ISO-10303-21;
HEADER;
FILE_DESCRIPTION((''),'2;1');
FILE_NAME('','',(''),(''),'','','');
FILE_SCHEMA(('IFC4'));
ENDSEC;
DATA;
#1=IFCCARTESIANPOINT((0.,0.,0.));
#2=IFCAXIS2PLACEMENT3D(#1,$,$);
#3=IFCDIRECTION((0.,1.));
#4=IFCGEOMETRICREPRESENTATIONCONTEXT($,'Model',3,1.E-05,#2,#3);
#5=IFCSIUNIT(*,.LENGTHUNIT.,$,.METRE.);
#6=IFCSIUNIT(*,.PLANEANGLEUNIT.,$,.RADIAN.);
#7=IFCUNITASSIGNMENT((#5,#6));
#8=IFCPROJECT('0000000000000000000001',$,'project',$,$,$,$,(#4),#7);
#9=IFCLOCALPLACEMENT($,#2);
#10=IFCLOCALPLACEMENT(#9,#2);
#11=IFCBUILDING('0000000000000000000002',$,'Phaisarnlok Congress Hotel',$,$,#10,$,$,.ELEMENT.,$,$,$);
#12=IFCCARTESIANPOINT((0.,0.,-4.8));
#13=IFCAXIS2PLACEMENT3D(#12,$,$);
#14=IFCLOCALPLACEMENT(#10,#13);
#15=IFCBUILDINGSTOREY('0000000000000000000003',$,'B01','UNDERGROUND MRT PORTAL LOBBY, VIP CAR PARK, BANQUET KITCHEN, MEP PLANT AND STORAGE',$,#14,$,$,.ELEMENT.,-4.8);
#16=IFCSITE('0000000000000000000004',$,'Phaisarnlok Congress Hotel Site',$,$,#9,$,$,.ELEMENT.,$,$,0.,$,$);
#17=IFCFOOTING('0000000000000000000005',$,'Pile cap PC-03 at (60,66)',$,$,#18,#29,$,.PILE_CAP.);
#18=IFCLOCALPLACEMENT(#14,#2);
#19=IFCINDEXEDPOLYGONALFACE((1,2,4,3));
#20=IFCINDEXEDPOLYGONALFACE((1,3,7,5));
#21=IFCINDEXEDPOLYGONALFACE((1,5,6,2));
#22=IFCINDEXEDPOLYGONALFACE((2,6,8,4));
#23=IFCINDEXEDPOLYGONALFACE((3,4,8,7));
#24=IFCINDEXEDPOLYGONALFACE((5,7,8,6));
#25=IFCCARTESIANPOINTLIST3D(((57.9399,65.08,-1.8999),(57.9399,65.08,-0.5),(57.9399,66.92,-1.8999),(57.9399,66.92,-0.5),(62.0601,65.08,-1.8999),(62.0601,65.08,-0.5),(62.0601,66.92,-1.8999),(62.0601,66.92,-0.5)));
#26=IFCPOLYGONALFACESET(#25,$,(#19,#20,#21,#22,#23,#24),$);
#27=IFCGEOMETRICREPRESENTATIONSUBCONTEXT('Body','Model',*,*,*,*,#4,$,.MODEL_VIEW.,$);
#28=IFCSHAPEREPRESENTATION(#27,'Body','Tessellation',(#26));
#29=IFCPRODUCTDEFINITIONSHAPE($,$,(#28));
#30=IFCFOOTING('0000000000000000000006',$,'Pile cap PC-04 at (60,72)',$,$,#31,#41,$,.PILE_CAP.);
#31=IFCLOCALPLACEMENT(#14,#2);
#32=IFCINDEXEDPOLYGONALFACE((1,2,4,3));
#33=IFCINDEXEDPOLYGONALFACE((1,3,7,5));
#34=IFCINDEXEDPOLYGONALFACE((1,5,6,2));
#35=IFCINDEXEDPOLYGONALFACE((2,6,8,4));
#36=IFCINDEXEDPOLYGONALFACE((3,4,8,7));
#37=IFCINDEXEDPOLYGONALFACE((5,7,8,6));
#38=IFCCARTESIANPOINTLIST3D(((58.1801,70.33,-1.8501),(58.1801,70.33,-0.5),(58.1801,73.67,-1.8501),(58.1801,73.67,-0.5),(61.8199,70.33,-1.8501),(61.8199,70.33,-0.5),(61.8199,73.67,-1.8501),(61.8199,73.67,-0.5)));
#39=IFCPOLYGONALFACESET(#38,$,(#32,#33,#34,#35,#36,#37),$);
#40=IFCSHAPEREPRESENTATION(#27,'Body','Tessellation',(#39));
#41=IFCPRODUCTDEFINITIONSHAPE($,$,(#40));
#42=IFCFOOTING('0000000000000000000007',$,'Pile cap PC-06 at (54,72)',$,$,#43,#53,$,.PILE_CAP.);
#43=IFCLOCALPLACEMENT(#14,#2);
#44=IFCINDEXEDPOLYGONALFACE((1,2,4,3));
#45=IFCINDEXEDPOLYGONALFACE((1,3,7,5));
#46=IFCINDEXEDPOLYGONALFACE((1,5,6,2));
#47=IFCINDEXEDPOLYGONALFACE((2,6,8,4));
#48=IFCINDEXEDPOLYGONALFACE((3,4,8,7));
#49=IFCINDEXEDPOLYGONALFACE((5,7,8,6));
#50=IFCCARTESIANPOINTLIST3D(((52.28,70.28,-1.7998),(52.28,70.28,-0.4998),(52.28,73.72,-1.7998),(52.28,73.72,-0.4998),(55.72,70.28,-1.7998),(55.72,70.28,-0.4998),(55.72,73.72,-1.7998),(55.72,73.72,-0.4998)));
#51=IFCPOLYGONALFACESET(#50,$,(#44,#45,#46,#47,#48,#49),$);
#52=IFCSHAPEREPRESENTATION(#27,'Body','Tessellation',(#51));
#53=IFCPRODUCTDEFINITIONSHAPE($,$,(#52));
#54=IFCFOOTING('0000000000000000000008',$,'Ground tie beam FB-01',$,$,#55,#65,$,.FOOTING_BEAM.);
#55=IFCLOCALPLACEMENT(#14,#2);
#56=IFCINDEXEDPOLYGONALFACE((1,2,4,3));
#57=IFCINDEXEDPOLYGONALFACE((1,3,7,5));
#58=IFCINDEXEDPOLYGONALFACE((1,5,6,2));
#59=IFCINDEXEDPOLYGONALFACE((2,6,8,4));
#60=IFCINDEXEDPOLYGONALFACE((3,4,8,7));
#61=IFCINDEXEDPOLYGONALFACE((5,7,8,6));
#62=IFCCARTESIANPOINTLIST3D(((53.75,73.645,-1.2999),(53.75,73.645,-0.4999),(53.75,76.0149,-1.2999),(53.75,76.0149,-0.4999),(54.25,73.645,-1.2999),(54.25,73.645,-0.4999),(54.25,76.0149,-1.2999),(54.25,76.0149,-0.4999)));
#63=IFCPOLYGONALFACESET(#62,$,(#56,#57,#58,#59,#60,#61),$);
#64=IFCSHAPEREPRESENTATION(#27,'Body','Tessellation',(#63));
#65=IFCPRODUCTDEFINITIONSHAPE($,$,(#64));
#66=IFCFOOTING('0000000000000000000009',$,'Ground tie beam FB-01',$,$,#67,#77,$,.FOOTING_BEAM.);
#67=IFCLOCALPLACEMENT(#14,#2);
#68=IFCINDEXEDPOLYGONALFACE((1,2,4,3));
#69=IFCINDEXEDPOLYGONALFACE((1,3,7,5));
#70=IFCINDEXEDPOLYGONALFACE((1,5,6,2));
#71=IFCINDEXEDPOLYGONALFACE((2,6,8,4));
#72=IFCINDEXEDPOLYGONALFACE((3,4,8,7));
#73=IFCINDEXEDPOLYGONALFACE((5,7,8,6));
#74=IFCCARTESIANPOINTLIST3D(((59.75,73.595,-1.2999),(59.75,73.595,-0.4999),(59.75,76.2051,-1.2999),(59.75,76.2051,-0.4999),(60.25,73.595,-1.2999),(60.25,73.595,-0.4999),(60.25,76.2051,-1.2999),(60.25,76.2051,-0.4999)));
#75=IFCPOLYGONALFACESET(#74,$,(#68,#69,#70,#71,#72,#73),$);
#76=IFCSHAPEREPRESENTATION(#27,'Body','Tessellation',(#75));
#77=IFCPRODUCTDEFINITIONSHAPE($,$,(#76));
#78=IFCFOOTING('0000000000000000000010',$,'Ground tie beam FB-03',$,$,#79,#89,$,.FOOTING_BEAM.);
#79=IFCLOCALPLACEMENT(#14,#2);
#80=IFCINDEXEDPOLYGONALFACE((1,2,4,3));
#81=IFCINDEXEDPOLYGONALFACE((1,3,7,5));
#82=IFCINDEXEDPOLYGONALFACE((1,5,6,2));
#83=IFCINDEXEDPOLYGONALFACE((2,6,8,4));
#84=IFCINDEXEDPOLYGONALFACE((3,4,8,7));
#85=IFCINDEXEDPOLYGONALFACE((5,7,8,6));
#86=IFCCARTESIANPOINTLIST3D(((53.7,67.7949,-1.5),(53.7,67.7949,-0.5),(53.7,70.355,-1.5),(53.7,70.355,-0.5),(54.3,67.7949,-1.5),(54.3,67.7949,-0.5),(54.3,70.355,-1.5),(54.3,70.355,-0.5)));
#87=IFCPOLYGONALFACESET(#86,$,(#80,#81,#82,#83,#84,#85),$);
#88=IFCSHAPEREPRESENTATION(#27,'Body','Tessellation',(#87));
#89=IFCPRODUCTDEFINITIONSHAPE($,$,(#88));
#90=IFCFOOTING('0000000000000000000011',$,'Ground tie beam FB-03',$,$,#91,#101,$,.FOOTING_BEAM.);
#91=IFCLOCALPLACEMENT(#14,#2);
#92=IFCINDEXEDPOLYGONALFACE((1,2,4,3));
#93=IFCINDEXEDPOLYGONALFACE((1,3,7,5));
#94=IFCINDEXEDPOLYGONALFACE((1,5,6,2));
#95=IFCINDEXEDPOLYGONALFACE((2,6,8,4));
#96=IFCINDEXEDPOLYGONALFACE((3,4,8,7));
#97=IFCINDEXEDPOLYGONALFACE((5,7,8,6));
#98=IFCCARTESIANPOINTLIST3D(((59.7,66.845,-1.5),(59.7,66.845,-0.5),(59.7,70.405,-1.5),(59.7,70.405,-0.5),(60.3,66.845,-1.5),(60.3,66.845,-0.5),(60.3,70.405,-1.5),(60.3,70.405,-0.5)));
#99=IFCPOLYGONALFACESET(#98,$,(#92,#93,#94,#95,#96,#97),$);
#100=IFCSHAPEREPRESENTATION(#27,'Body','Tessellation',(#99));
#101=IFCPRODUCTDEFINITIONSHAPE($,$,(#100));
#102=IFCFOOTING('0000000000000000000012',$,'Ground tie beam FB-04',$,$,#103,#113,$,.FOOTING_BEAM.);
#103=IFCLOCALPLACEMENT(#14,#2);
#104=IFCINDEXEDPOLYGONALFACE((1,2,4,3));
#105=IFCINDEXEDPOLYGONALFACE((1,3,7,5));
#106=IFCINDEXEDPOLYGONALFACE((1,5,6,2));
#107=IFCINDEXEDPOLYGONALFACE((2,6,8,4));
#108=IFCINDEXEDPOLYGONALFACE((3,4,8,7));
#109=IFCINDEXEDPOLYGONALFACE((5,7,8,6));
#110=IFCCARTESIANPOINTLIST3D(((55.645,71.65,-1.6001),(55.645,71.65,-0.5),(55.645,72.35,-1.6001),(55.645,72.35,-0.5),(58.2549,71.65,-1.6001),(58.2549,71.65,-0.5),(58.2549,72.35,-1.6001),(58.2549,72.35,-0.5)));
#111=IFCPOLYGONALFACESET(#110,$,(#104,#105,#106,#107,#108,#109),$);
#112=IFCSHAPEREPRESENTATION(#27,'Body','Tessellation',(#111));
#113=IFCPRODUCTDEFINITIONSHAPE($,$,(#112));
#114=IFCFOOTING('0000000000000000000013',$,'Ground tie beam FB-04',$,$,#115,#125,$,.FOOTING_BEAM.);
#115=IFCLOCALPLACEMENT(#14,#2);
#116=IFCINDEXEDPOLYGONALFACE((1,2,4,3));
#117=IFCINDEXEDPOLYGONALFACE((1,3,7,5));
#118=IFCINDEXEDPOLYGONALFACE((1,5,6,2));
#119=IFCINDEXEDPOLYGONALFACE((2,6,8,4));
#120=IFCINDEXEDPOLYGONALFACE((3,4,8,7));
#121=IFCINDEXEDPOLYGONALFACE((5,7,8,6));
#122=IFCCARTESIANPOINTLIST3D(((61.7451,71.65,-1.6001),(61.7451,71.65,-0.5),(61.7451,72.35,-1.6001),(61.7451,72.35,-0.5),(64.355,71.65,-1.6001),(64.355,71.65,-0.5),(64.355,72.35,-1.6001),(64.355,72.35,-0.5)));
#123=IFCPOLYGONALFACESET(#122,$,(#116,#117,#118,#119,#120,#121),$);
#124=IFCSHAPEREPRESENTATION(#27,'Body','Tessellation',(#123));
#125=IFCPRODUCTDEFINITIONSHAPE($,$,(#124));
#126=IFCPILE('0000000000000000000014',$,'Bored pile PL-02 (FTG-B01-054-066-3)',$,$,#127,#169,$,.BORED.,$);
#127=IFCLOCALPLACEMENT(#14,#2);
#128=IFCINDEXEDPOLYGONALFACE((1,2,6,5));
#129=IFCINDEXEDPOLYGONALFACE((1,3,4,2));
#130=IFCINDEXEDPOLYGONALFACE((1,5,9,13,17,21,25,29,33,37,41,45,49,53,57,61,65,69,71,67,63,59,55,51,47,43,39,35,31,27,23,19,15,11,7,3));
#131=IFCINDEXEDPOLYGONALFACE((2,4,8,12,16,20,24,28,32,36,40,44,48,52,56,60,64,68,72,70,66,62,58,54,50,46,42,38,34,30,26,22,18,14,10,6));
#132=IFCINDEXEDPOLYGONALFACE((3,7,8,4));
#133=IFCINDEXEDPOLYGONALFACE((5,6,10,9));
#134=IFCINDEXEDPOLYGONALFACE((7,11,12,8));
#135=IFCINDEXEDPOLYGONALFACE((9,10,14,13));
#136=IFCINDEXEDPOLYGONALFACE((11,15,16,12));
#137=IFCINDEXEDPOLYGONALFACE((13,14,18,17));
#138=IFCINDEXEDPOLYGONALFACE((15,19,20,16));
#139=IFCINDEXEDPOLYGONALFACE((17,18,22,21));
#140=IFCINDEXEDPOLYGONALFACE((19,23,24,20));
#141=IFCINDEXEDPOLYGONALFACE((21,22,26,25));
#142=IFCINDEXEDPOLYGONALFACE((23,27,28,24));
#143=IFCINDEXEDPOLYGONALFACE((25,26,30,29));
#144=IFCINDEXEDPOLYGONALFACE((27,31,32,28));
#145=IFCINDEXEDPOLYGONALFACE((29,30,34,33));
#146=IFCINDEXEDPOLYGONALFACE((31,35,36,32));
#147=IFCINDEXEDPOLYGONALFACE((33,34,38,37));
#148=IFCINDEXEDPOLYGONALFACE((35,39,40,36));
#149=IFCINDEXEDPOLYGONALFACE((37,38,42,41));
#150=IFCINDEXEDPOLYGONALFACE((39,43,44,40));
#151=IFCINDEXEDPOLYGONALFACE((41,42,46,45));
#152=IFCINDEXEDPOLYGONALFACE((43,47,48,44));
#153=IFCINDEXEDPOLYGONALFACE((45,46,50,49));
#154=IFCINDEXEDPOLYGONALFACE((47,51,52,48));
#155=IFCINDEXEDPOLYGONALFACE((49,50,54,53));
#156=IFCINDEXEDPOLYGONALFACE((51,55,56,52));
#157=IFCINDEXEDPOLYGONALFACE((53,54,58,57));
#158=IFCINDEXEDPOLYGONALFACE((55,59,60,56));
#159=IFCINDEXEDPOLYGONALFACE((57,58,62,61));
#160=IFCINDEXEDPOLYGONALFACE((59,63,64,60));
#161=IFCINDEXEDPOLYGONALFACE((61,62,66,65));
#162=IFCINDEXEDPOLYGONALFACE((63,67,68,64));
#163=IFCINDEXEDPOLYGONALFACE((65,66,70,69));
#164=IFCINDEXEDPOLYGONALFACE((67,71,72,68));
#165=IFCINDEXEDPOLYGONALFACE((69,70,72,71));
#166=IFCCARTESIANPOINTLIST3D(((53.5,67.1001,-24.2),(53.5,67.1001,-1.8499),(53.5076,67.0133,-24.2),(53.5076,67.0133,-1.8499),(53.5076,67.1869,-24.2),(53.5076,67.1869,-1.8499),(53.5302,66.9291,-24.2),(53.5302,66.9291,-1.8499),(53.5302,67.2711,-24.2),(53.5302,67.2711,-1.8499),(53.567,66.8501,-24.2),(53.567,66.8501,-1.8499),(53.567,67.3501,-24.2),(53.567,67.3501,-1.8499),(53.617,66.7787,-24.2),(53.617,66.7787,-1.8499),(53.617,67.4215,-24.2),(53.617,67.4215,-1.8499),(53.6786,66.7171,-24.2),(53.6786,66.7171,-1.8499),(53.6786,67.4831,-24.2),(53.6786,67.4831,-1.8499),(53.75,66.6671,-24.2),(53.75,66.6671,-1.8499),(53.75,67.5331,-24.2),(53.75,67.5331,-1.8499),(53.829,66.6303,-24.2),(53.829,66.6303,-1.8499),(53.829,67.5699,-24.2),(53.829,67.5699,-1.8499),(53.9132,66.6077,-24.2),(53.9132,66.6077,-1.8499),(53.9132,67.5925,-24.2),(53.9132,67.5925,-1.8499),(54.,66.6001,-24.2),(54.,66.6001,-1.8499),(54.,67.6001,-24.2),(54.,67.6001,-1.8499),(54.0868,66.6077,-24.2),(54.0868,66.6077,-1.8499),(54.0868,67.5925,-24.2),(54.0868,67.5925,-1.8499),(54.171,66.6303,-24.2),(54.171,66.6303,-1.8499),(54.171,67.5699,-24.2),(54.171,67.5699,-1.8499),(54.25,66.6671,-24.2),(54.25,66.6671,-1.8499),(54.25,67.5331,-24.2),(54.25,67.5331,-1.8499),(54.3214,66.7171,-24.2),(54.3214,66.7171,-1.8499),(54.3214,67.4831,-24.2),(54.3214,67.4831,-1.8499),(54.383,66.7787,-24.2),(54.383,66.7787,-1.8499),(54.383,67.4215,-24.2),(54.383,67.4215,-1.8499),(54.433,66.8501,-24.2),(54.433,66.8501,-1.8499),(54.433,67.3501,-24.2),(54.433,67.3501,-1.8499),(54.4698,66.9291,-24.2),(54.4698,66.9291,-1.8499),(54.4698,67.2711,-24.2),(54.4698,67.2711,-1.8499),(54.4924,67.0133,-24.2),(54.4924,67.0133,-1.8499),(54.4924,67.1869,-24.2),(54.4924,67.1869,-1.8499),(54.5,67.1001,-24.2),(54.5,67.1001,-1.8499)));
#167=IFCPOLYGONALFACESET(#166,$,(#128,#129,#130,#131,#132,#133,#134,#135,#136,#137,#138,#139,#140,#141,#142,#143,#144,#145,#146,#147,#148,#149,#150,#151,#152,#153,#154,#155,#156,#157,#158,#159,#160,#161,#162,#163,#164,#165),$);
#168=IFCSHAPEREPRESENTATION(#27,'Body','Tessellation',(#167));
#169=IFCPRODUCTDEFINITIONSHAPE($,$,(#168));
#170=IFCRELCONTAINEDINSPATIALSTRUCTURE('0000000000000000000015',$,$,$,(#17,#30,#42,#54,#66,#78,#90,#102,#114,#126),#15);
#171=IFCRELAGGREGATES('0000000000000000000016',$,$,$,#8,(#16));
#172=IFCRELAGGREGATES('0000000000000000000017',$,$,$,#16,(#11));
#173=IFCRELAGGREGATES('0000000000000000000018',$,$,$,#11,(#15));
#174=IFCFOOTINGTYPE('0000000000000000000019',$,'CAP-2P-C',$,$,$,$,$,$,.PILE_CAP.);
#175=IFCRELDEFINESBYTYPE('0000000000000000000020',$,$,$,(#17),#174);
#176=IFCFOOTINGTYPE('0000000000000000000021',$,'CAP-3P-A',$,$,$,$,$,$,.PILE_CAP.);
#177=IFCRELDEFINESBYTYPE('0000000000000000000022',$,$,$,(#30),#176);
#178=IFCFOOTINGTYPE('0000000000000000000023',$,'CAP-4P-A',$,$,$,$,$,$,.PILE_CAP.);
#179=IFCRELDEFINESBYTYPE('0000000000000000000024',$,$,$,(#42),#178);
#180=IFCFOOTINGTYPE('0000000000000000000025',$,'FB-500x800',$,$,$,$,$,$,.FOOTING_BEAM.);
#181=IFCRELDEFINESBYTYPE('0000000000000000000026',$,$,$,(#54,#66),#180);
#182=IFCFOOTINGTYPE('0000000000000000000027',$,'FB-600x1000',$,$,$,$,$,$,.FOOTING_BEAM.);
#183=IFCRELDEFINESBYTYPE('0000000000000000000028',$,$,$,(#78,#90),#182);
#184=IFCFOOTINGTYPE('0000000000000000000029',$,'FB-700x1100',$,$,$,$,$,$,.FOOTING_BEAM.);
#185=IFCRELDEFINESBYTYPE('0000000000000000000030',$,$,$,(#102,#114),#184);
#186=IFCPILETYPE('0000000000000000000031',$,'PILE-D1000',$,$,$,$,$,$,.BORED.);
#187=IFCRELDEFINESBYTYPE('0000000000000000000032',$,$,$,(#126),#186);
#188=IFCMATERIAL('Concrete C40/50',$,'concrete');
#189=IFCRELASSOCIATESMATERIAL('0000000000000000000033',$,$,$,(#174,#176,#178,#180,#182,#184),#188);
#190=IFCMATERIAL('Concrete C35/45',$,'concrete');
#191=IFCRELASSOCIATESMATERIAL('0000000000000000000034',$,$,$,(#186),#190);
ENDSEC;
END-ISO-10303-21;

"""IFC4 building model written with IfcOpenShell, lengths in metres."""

from ifc_helpers import new_model, si_unit, direction, frame, origin, origin_2d, place, context, subcontext, project, spatial, rectangle, circle, extrude, material, material_profile, profile_set, type_object, element, save


model = new_model("IFC4")

# Units and contexts
model_context = context("Model", 3, precision=1e-05, world=origin(), true_north=direction((0.0, 1.0)))
body_context = subcontext(model_context, "Body", "Model", "MODEL_VIEW")
ifc_project = project(units=[si_unit("LENGTHUNIT", "METRE"), si_unit("PLANEANGLEUNIT", "RADIAN")], contexts=[model_context])

# Site, building, storey
site_placement = place(None, origin())
site = spatial("IfcSite", under=ifc_project, at=site_placement, Name="Phaisarnlok Congress Hotel Site", CompositionType="ELEMENT", RefElevation=0.0)
building_placement = place(site_placement, origin())
building = spatial("IfcBuilding", under=site, at=building_placement, Name="Phaisarnlok Congress Hotel", CompositionType="ELEMENT")
storey_placement = place(building_placement, frame((0.0, 0.0, -4.8)))
storey = spatial("IfcBuildingStorey", under=building, at=storey_placement, Name="B01", Description="UNDERGROUND MRT PORTAL LOBBY, VIP CAR PARK, BANQUET KITCHEN, MEP PLANT AND STORAGE", CompositionType="ELEMENT", Elevation=-4.8)

# Footings
ifc_material_1 = material(Name="Concrete C40/50", Category="concrete")
footing_type_1 = type_object("IfcFootingType", Name="CAP-2P-C", PredefinedType="PILE_CAP", material=ifc_material_1)
footing_1_placement = place(storey_placement, frame((60.0, 66.0, -1.8999), z_axis=(0.0, 0.0, 1.0), x_axis=(1.0, 0.0, 0.0)))
element("IfcFooting", 1, at=footing_1_placement, inside=storey, type_object=footing_type_1, Name="Pile cap PC-03 at (60,66)", PredefinedType="PILE_CAP", context=body_context, shape_type="SweptSolid", body=[
    extrude(rectangle(XDim=4.1201, YDim=1.8401, at=origin_2d()), origin(), (0.0, 0.0, 1.0), 1.3999),
])
footing_type_2 = type_object("IfcFootingType", Name="CAP-3P-A", PredefinedType="PILE_CAP", material=ifc_material_1)
footing_2_placement = place(storey_placement, frame((60.0, 72.0, -1.8501), z_axis=(0.0, 0.0, 1.0), x_axis=(1.0, 0.0, 0.0)))
element("IfcFooting", 2, at=footing_2_placement, inside=storey, type_object=footing_type_2, Name="Pile cap PC-04 at (60,72)", PredefinedType="PILE_CAP", context=body_context, shape_type="SweptSolid", body=[
    extrude(rectangle(XDim=3.6399, YDim=3.3401, at=origin_2d()), origin(), (0.0, 0.0, 1.0), 1.3501),
])
footing_type_3 = type_object("IfcFootingType", Name="CAP-4P-A", PredefinedType="PILE_CAP", material=ifc_material_1)
footing_3_placement = place(storey_placement, frame((54.0, 72.0, -1.7998), z_axis=(0.0, 0.0, 1.0), x_axis=(1.0, 0.0, 0.0)))
element("IfcFooting", 3, at=footing_3_placement, inside=storey, type_object=footing_type_3, Name="Pile cap PC-06 at (54,72)", PredefinedType="PILE_CAP", context=body_context, shape_type="SweptSolid", body=[
    extrude(rectangle(XDim=3.4399, YDim=3.4399, at=origin_2d()), origin(), (0.0, 0.0, 1.0), 1.3),
])
ifc_material_profile_1 = material_profile(ifc_material_1, rectangle(XDim=0.5, YDim=0.8, at=origin_2d()), Name="FB-500x800")
ifc_profile_set_1 = profile_set([ifc_material_profile_1], Name="Concrete C40/50")
footing_type_4 = type_object("IfcFootingType", Name="FB-500x800", PredefinedType="FOOTING_BEAM", material=ifc_profile_set_1)
footing_4_placement = place(storey_placement, frame((54.0, 73.645, -0.8999), z_axis=(0.0, 1.0, 0.0), x_axis=(-1.0, 0.0, 0.0)))
element("IfcFooting", 4, at=footing_4_placement, inside=storey, type_object=footing_type_4, Name="Ground tie beam FB-01", PredefinedType="FOOTING_BEAM", context=body_context, shape_type="SweptSolid", body=[
    extrude(rectangle(XDim=0.5, YDim=0.8, at=origin_2d()), origin(), (0.0, 0.0, 1.0), 2.3699),
])
footing_5_placement = place(storey_placement, frame((60.0, 73.595, -0.8999), z_axis=(0.0, 1.0, 0.0), x_axis=(-1.0, 0.0, 0.0)))
element("IfcFooting", 5, at=footing_5_placement, inside=storey, type_object=footing_type_4, Name="Ground tie beam FB-01", PredefinedType="FOOTING_BEAM", context=body_context, shape_type="SweptSolid", body=[
    extrude(rectangle(XDim=0.5, YDim=0.8, at=origin_2d()), origin(), (0.0, 0.0, 1.0), 2.6101),
])
ifc_material_profile_2 = material_profile(ifc_material_1, rectangle(XDim=0.6001, YDim=1.0, at=origin_2d()), Name="FB-600x1000")
ifc_profile_set_2 = profile_set([ifc_material_profile_2], Name="Concrete C40/50")
footing_type_5 = type_object("IfcFootingType", Name="FB-600x1000", PredefinedType="FOOTING_BEAM", material=ifc_profile_set_2)
footing_6_placement = place(storey_placement, frame((54.0, 67.7949, -1.0), z_axis=(0.0, 1.0, 0.0), x_axis=(-1.0, 0.0, 0.0)))
element("IfcFooting", 6, at=footing_6_placement, inside=storey, type_object=footing_type_5, Name="Ground tie beam FB-03", PredefinedType="FOOTING_BEAM", context=body_context, shape_type="SweptSolid", body=[
    extrude(rectangle(XDim=0.6001, YDim=1.0, at=origin_2d()), origin(), (0.0, 0.0, 1.0), 2.5601),
])
footing_7_placement = place(storey_placement, frame((60.0, 66.845, -1.0), z_axis=(0.0, 1.0, 0.0), x_axis=(-1.0, 0.0, 0.0)))
element("IfcFooting", 7, at=footing_7_placement, inside=storey, type_object=footing_type_5, Name="Ground tie beam FB-03", PredefinedType="FOOTING_BEAM", context=body_context, shape_type="SweptSolid", body=[
    extrude(rectangle(XDim=0.6001, YDim=1.0, at=origin_2d()), origin(), (0.0, 0.0, 1.0), 3.5601),
])
ifc_material_profile_3 = material_profile(ifc_material_1, rectangle(XDim=0.7, YDim=1.1001, at=origin_2d()), Name="FB-700x1100")
ifc_profile_set_3 = profile_set([ifc_material_profile_3], Name="Concrete C40/50")
footing_type_6 = type_object("IfcFootingType", Name="FB-700x1100", PredefinedType="FOOTING_BEAM", material=ifc_profile_set_3)
for number, where, z_axis, x_axis, name in (
    (8, (55.645, 72.0, -1.05), (1.0, 0.0, 0.0), (0.0, 1.0, 0.0), "Ground tie beam FB-04"),
    (9, (61.7451, 72.0, -1.05), (1.0, 0.0, 0.0), (0.0, 1.0, 0.0), "Ground tie beam FB-04"),
):
    element("IfcFooting", number, at=place(storey_placement, frame(where, z_axis=z_axis, x_axis=x_axis)), inside=storey, type_object=footing_type_6, Name=name, PredefinedType="FOOTING_BEAM", context=body_context, shape_type="SweptSolid", body=[
        extrude(rectangle(XDim=0.7, YDim=1.1001, at=origin_2d()), origin(), (0.0, 0.0, 1.0), 2.6099),
    ])

# Pile
ifc_material_2 = material(Name="Concrete C35/45", Category="concrete")
ifc_material_profile_4 = material_profile(ifc_material_2, circle(Radius=0.5, at=origin_2d()), Name="BORED PILE D1000")
ifc_profile_set_4 = profile_set([ifc_material_profile_4], Name="Concrete C35/45")
pile_type_1 = type_object("IfcPileType", Name="PILE-D1000", PredefinedType="BORED", material=ifc_profile_set_4)
for number, where, z_axis, x_axis, name in (
    (10, (54.0, 67.1001, -1.8499), (0.0, 0.0, -1.0), (1.0, 0.0, 0.0), "Bored pile PL-02 (FTG-B01-054-066-3)"),
):
    element("IfcPile", number, at=place(storey_placement, frame(where, z_axis=z_axis, x_axis=x_axis)), inside=storey, type_object=pile_type_1, Name=name, PredefinedType="BORED", context=body_context, shape_type="SweptSolid", body=[
        extrude(circle(Radius=0.5, at=origin_2d()), origin(), (0.0, 0.0, 1.0), 22.3501),
    ])

save(model, "model.ifc")
